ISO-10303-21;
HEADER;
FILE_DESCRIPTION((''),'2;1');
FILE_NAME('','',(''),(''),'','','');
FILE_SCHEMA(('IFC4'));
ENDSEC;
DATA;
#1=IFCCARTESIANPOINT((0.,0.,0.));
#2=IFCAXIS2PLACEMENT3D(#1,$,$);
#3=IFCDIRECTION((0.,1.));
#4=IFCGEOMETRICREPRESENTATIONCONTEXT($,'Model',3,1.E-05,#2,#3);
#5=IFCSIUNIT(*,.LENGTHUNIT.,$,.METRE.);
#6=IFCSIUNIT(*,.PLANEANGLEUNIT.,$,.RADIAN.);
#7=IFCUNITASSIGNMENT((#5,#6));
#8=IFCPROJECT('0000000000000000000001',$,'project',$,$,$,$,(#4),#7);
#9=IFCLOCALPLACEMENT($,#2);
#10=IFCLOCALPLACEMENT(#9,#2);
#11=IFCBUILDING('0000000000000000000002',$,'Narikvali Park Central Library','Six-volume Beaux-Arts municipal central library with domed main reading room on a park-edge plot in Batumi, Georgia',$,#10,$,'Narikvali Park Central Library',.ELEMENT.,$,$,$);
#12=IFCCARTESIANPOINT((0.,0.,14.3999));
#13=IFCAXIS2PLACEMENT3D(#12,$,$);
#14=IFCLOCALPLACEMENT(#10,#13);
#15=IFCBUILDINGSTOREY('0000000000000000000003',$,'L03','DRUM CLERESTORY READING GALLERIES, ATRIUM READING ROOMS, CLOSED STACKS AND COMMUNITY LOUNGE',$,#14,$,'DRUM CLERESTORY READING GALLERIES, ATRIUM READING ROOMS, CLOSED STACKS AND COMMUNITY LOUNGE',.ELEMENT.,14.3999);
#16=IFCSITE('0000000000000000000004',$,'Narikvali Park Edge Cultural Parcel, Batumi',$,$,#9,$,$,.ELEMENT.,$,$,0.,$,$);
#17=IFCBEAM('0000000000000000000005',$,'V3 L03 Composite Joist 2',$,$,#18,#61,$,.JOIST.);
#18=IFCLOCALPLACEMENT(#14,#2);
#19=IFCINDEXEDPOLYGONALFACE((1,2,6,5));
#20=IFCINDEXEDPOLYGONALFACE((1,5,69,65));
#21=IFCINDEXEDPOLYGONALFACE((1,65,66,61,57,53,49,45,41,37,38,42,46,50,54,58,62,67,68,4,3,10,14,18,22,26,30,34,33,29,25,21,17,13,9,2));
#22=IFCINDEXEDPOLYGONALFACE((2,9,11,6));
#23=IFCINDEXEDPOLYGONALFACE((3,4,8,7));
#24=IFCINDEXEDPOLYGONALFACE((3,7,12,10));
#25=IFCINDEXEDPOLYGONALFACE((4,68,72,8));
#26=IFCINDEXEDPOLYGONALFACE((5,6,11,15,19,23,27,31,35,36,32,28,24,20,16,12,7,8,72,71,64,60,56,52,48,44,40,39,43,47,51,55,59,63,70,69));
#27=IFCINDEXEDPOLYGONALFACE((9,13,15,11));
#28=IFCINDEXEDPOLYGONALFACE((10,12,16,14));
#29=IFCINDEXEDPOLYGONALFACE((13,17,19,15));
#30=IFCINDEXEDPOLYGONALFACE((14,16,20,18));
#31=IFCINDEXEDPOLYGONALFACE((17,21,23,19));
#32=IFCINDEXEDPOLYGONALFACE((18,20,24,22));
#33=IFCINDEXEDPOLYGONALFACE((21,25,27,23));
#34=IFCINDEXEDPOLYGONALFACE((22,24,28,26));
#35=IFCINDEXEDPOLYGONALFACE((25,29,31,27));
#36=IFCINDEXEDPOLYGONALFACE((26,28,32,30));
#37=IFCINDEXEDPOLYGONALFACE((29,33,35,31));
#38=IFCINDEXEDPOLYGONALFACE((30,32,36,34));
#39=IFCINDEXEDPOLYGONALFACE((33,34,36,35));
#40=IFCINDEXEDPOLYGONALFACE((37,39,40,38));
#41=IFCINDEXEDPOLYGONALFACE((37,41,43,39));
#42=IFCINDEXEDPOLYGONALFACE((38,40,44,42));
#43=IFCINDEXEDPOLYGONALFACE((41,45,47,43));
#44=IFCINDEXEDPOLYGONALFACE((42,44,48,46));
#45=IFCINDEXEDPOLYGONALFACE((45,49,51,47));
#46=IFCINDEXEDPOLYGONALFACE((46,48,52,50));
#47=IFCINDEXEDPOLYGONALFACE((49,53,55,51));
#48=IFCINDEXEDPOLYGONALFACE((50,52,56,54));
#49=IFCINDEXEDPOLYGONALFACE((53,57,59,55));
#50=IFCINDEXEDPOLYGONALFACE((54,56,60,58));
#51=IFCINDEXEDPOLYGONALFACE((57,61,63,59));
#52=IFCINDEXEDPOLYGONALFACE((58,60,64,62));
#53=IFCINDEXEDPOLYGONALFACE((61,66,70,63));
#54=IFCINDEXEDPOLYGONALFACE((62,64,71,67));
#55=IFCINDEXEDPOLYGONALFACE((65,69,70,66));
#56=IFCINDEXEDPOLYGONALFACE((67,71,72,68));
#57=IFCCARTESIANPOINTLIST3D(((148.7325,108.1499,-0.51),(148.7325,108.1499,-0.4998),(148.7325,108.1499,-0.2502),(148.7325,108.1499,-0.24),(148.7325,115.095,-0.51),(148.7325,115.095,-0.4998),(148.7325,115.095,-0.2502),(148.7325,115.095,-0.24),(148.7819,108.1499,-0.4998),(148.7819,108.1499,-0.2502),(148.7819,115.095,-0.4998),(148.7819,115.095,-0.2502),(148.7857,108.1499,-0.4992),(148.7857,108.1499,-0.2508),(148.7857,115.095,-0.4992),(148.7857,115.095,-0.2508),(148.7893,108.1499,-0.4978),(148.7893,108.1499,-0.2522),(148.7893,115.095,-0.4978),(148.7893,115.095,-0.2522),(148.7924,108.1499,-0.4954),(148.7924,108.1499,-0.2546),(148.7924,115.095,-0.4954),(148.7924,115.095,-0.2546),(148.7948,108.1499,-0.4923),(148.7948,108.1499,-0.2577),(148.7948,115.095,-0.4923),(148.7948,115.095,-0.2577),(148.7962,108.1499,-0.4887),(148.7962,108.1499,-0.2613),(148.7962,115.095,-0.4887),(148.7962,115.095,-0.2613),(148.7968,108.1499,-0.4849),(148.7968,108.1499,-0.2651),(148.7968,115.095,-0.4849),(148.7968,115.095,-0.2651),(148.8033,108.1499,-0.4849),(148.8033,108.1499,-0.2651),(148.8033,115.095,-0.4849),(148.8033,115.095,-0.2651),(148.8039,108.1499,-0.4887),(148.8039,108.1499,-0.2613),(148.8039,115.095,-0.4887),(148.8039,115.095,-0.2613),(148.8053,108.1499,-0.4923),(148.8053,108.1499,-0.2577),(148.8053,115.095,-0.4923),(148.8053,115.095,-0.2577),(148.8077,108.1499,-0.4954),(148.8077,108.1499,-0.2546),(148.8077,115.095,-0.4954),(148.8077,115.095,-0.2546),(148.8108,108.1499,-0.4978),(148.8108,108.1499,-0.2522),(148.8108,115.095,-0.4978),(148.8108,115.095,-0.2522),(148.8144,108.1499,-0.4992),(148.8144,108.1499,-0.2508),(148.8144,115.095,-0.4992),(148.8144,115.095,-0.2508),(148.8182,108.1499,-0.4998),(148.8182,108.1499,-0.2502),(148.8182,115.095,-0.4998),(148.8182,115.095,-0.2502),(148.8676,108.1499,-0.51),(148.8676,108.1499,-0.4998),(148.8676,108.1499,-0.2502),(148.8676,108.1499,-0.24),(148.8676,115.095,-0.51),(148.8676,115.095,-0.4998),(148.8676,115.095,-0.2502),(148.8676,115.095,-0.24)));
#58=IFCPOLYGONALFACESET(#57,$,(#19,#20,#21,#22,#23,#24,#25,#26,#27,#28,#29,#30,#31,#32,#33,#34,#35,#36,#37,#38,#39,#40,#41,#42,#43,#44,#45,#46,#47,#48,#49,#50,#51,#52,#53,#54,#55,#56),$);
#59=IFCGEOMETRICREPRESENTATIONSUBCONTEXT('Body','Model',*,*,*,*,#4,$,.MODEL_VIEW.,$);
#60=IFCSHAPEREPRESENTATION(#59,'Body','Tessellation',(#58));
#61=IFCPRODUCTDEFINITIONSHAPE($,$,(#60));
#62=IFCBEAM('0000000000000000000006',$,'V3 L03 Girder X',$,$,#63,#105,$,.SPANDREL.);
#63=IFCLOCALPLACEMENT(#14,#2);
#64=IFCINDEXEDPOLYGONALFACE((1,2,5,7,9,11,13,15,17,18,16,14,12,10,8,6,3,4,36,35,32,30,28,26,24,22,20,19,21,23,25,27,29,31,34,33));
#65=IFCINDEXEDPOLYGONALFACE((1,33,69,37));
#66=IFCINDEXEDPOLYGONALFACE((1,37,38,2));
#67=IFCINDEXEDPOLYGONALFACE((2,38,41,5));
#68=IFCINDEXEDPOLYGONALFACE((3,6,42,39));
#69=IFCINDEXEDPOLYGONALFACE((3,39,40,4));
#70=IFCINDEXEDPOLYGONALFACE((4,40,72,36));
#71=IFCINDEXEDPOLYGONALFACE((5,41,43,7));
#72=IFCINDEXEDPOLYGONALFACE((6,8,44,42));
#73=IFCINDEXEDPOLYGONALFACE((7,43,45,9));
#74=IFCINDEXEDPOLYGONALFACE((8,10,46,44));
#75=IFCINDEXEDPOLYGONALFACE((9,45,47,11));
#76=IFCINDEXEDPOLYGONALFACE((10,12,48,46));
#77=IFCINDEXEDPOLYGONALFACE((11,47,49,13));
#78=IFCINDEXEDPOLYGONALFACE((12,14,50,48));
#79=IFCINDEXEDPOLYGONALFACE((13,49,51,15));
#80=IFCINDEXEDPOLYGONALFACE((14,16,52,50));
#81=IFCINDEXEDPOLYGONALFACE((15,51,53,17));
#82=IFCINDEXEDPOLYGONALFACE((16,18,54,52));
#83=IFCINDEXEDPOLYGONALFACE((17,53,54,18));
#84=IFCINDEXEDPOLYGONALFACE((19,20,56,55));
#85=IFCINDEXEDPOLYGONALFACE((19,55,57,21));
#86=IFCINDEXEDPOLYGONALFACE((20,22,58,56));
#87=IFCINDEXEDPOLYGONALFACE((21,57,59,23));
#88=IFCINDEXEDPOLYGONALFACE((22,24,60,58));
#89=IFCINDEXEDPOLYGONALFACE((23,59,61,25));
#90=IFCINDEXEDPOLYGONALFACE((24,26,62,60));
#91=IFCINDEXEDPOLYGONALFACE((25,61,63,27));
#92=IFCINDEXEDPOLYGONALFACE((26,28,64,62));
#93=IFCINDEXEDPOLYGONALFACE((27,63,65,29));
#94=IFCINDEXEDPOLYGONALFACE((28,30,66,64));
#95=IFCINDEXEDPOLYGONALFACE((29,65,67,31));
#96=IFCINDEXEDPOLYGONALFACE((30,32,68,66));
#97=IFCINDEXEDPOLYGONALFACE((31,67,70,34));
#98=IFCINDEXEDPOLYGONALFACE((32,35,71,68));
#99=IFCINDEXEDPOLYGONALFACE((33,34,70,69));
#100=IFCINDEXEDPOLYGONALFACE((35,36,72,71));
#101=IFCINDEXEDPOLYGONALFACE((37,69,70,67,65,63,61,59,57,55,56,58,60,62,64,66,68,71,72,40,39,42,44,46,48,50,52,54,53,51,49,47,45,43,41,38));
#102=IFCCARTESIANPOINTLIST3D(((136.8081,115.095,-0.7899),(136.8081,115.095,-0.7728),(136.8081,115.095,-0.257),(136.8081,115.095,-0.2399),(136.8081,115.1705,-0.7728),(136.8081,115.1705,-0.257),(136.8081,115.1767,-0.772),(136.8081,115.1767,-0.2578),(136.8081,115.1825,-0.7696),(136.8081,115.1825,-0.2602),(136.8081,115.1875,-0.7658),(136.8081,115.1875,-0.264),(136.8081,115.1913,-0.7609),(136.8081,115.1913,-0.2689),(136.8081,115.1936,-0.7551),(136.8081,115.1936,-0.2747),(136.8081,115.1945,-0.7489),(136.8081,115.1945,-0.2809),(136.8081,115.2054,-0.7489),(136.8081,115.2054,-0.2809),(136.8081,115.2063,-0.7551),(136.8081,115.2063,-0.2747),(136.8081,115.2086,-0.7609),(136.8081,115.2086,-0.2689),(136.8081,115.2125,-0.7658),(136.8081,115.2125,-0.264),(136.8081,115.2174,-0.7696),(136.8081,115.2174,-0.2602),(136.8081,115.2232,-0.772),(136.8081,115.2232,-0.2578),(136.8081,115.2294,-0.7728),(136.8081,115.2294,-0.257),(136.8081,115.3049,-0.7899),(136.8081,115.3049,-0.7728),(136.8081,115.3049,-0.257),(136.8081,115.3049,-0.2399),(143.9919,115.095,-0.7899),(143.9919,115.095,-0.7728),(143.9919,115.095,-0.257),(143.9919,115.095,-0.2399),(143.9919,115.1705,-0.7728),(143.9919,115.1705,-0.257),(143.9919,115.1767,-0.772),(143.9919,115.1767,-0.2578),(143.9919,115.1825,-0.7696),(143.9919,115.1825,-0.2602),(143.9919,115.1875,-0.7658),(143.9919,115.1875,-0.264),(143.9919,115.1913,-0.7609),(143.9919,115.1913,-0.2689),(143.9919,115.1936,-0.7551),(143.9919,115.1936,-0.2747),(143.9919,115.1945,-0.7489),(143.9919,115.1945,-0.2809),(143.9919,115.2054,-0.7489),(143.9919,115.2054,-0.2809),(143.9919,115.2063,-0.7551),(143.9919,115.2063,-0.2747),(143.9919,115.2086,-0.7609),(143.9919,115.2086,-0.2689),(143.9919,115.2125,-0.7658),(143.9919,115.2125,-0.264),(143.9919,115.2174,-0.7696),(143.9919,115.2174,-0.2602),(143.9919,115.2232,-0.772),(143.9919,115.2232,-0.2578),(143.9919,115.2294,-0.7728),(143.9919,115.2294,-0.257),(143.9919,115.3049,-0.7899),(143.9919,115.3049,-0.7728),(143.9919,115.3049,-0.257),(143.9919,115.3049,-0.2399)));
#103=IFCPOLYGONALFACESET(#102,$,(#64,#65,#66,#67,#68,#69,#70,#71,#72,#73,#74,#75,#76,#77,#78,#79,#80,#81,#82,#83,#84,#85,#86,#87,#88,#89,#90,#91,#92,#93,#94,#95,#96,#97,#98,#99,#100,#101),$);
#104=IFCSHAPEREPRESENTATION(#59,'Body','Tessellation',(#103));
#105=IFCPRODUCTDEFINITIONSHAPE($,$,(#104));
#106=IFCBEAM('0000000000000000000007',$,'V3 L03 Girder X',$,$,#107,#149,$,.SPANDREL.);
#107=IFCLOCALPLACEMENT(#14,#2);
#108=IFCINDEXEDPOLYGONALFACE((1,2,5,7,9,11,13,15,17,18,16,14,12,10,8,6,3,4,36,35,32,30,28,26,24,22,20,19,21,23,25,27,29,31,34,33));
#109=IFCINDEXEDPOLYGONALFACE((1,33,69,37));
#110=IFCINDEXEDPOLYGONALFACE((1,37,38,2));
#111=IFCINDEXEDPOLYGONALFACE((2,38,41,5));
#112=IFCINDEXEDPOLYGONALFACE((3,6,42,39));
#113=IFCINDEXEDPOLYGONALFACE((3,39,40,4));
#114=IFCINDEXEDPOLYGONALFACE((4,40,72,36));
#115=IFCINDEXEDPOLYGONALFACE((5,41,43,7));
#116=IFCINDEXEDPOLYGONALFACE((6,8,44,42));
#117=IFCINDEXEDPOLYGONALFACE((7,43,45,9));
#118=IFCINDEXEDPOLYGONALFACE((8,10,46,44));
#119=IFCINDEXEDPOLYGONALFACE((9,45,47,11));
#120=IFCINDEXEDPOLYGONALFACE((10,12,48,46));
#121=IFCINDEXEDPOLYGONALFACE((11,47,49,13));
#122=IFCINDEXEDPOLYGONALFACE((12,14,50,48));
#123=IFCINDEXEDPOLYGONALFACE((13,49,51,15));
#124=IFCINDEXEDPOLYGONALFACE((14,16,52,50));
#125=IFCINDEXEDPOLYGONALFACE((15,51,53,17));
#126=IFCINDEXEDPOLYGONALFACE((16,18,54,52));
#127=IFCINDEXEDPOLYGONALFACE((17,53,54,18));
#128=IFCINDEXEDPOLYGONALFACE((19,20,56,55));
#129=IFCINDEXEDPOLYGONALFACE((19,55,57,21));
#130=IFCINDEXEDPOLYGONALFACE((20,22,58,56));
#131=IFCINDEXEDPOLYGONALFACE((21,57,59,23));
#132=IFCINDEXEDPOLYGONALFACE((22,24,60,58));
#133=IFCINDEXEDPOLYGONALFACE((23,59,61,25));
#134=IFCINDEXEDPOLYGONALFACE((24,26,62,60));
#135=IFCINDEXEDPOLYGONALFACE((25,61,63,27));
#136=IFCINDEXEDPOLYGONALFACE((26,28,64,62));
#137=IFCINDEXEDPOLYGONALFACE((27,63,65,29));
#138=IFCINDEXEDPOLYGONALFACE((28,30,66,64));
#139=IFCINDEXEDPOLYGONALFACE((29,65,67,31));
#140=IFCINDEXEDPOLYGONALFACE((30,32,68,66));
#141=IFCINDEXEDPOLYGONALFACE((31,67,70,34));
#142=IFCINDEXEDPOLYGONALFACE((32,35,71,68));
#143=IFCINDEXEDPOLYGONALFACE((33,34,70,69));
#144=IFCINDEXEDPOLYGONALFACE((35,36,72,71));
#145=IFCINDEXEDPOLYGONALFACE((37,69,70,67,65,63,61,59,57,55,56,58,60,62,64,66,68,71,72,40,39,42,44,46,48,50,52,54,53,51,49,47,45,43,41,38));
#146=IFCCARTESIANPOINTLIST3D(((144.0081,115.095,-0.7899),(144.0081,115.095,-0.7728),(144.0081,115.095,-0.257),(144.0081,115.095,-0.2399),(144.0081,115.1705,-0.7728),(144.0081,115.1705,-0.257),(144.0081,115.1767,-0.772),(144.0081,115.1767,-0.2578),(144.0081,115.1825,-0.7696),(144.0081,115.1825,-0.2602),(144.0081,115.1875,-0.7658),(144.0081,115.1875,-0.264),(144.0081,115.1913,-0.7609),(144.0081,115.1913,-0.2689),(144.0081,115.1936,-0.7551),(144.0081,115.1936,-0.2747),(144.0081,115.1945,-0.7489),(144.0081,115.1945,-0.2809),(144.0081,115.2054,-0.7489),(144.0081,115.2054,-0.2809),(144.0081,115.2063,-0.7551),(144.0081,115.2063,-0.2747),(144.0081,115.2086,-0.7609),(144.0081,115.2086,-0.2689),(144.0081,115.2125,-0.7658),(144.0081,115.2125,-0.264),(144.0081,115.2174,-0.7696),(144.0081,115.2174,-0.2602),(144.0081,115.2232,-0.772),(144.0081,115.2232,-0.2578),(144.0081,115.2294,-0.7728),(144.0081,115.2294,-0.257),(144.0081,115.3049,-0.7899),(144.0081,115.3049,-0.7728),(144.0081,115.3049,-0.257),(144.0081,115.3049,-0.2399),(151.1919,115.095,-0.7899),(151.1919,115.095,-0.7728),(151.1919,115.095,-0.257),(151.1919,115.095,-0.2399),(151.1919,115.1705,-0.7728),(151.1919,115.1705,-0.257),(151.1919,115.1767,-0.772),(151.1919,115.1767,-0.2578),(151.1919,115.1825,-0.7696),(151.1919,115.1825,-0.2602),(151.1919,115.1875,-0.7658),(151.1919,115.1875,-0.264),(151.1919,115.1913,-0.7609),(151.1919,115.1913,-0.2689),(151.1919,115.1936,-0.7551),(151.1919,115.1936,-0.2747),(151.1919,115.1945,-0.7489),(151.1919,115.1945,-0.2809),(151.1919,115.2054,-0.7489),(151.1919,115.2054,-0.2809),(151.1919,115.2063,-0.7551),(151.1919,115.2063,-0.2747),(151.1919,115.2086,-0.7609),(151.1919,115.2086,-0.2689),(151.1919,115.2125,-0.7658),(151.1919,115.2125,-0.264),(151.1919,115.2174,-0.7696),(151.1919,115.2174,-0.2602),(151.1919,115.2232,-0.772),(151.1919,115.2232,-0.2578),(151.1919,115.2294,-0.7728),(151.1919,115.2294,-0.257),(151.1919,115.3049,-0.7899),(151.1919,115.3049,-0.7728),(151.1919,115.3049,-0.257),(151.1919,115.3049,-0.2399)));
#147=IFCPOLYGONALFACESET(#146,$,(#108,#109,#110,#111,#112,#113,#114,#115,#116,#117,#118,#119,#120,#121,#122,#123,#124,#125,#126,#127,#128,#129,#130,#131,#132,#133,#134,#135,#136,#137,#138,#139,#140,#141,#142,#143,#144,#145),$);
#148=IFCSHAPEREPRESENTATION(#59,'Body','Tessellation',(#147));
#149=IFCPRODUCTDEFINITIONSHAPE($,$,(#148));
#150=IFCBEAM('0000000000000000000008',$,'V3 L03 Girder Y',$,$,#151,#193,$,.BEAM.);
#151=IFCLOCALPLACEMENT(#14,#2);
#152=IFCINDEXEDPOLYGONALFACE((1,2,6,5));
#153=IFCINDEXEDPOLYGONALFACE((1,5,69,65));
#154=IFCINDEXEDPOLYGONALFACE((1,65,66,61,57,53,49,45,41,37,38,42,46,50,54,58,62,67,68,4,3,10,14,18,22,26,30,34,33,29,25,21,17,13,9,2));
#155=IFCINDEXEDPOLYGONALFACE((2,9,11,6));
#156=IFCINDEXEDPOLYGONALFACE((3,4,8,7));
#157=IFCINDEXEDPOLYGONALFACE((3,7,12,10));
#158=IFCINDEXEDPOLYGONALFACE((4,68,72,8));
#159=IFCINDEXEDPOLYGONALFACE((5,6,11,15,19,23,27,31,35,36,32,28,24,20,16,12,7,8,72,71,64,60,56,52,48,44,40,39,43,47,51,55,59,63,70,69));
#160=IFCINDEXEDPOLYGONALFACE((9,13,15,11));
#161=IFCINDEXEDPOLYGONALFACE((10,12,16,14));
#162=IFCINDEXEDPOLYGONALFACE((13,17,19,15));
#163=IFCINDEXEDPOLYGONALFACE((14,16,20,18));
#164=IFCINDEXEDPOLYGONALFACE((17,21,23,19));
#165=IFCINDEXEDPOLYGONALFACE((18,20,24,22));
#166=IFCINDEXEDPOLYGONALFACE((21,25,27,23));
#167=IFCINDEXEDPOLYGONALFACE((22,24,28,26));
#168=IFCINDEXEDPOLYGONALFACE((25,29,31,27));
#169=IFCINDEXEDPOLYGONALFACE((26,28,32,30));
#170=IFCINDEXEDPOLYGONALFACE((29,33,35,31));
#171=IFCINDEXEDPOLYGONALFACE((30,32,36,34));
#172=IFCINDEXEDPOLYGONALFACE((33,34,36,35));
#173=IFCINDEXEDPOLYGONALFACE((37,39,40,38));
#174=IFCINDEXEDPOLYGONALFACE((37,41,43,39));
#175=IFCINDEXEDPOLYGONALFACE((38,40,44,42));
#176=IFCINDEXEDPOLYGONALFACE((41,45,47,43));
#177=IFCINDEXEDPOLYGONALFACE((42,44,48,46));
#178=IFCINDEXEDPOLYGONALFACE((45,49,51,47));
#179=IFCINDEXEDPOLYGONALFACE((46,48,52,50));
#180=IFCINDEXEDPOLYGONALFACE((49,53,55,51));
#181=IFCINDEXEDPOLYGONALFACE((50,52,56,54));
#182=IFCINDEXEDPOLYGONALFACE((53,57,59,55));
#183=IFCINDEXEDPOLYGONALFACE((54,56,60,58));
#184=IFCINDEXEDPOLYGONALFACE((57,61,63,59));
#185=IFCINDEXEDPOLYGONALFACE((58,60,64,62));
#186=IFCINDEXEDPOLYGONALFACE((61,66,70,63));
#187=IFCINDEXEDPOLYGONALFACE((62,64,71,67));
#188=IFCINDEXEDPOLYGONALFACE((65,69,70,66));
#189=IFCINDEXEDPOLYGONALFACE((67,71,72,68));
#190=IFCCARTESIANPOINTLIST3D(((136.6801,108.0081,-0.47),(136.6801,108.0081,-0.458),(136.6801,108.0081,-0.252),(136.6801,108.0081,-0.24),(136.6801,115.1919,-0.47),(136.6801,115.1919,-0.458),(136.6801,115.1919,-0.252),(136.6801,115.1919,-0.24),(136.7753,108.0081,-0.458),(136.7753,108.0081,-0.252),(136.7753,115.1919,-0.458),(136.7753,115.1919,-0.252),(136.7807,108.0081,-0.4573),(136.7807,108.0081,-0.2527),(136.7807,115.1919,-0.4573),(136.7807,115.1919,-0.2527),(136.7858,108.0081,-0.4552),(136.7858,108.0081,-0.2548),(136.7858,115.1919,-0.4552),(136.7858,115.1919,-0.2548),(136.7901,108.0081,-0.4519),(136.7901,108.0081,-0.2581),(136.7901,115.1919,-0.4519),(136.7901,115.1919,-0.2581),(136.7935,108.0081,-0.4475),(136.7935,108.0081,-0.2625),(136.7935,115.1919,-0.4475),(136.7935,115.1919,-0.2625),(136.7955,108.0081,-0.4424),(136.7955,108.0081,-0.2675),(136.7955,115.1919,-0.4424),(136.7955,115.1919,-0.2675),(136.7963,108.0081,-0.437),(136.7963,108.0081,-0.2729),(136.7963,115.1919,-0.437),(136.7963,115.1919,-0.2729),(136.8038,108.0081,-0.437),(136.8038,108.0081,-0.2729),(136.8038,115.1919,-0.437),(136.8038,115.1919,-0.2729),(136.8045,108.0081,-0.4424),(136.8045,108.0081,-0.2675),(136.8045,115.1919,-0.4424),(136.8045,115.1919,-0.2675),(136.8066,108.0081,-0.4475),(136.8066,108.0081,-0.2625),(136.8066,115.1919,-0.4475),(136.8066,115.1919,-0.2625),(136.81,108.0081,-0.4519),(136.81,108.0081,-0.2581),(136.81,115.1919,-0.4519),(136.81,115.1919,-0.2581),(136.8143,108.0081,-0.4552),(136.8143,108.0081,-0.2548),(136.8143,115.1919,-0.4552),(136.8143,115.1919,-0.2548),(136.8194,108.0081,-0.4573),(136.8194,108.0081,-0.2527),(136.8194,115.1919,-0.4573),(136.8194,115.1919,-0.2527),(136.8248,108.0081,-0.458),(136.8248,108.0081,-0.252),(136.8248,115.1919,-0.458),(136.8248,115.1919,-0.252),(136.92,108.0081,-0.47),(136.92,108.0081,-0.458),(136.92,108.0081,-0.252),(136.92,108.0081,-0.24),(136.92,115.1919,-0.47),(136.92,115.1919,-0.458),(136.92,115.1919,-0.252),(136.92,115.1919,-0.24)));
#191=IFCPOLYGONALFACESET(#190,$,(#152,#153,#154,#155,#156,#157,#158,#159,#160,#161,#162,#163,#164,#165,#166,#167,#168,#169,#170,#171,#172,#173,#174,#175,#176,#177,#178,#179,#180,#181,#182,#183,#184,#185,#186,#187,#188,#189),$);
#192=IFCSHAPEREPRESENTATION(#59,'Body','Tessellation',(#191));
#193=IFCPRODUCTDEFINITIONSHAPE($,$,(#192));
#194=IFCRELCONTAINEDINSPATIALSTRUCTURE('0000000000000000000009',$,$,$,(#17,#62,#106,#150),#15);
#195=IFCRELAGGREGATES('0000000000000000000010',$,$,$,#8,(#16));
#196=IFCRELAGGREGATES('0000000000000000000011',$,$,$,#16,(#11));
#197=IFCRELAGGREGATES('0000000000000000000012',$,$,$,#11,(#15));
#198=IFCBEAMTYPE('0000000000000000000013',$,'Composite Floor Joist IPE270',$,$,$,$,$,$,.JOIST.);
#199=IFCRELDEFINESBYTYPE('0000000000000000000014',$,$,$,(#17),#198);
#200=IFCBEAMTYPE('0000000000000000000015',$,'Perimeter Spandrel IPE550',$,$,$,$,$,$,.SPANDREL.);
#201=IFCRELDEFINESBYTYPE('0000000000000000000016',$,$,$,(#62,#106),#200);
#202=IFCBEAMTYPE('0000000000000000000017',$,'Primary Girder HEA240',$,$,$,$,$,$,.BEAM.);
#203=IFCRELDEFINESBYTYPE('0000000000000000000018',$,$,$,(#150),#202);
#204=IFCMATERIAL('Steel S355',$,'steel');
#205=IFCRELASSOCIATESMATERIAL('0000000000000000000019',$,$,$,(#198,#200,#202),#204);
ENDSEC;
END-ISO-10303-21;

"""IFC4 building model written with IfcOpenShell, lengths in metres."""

from ifc_helpers import new_model, si_unit, direction, frame, origin, origin_2d, place, context, subcontext, project, spatial, i_section, extrude, material, material_profile, profile_set, type_object, element, save


model = new_model("IFC4")

# Units and contexts
model_context = context("Model", 3, precision=1e-05, world=origin(), true_north=direction((0.0, 1.0)))
body_context = subcontext(model_context, "Body", "Model", "MODEL_VIEW")
ifc_project = project(units=[si_unit("LENGTHUNIT", "METRE"), si_unit("PLANEANGLEUNIT", "RADIAN")], contexts=[model_context])

# Site, building, storey
site_placement = place(None, origin())
site = spatial("IfcSite", under=ifc_project, at=site_placement, Name="Narikvali Park Edge Cultural Parcel, Batumi", CompositionType="ELEMENT", RefElevation=0.0)
building_placement = place(site_placement, origin())
building = spatial("IfcBuilding", under=site, at=building_placement, Name="Narikvali Park Central Library", Description="Six-volume Beaux-Arts municipal central library with domed main reading room on a park-edge plot in Batumi, Georgia", LongName="Narikvali Park Central Library", CompositionType="ELEMENT")
storey_placement = place(building_placement, frame((0.0, 0.0, 14.3999)))
storey = spatial("IfcBuildingStorey", under=building, at=storey_placement, Name="L03", Description="DRUM CLERESTORY READING GALLERIES, ATRIUM READING ROOMS, CLOSED STACKS AND COMMUNITY LOUNGE", LongName="DRUM CLERESTORY READING GALLERIES, ATRIUM READING ROOMS, CLOSED STACKS AND COMMUNITY LOUNGE", CompositionType="ELEMENT", Elevation=14.3999)

# Shared definitions
ifc_material = material(Name="Steel S355", Category="steel")

# Beams
ifc_material_profile_1 = material_profile(ifc_material, i_section(OverallWidth=0.135, OverallDepth=0.27, WebThickness=0.0066, FlangeThickness=0.0103, FilletRadius=0.0149, at=origin_2d()), Name="IPE 270")
ifc_profile_set_1 = profile_set([ifc_material_profile_1], Name="Steel S355")
beam_type_1 = type_object("IfcBeamType", Name="Composite Floor Joist IPE270", PredefinedType="JOIST", material=ifc_profile_set_1)
for number, where, z_axis, x_axis, name in (
    (1, (148.8, 108.1499, -0.375), (0.0, 1.0, 0.0), (-1.0, 0.0, 0.0), "V3 L03 Composite Joist 2"),
):
    element("IfcBeam", number, at=place(storey_placement, frame(where, z_axis=z_axis, x_axis=x_axis)), inside=storey, type_object=beam_type_1, Name=name, PredefinedType="JOIST", context=body_context, shape_type="SweptSolid", body=[
        extrude(i_section(OverallWidth=0.135, OverallDepth=0.27, WebThickness=0.0066, FlangeThickness=0.0103, FilletRadius=0.0149, at=origin_2d()), origin(), (0.0, 0.0, 1.0), 6.9451),
    ])
ifc_material_profile_2 = material_profile(ifc_material, i_section(OverallWidth=0.21, OverallDepth=0.55, WebThickness=0.011, FlangeThickness=0.0171, FilletRadius=0.0239, at=origin_2d()), Name="IPE 550")
ifc_profile_set_2 = profile_set([ifc_material_profile_2], Name="Steel S355")
beam_type_2 = type_object("IfcBeamType", Name="Perimeter Spandrel IPE550", PredefinedType="SPANDREL", material=ifc_profile_set_2)
for number, where, z_axis, x_axis, name in (
    (2, (136.8081, 115.2, -0.5149), (1.0, 0.0, 0.0), (0.0, 1.0, 0.0), "V3 L03 Girder X"),
    (3, (144.0081, 115.2, -0.5149), (1.0, 0.0, 0.0), (0.0, 1.0, 0.0), "V3 L03 Girder X"),
):
    element("IfcBeam", number, at=place(storey_placement, frame(where, z_axis=z_axis, x_axis=x_axis)), inside=storey, type_object=beam_type_2, Name=name, PredefinedType="SPANDREL", context=body_context, shape_type="SweptSolid", body=[
        extrude(i_section(OverallWidth=0.21, OverallDepth=0.55, WebThickness=0.011, FlangeThickness=0.0171, FilletRadius=0.0239, at=origin_2d()), origin(), (0.0, 0.0, 1.0), 7.1838),
    ])
ifc_material_profile_3 = material_profile(ifc_material, i_section(OverallWidth=0.24, OverallDepth=0.23, WebThickness=0.0076, FlangeThickness=0.012, FilletRadius=0.021, at=origin_2d()), Name="HEA 240")
ifc_profile_set_3 = profile_set([ifc_material_profile_3], Name="Steel S355")
beam_type_3 = type_object("IfcBeamType", Name="Primary Girder HEA240", PredefinedType="BEAM", material=ifc_profile_set_3)
for number, where, z_axis, x_axis, name in (
    (4, (136.8, 108.0081, -0.355), (0.0, 1.0, 0.0), (-1.0, 0.0, 0.0), "V3 L03 Girder Y"),
):
    element("IfcBeam", number, at=place(storey_placement, frame(where, z_axis=z_axis, x_axis=x_axis)), inside=storey, type_object=beam_type_3, Name=name, PredefinedType="BEAM", context=body_context, shape_type="SweptSolid", body=[
        extrude(i_section(OverallWidth=0.24, OverallDepth=0.23, WebThickness=0.0076, FlangeThickness=0.012, FilletRadius=0.021, at=origin_2d()), origin(), (0.0, 0.0, 1.0), 7.1838),
    ])

save(model, "model.ifc")
